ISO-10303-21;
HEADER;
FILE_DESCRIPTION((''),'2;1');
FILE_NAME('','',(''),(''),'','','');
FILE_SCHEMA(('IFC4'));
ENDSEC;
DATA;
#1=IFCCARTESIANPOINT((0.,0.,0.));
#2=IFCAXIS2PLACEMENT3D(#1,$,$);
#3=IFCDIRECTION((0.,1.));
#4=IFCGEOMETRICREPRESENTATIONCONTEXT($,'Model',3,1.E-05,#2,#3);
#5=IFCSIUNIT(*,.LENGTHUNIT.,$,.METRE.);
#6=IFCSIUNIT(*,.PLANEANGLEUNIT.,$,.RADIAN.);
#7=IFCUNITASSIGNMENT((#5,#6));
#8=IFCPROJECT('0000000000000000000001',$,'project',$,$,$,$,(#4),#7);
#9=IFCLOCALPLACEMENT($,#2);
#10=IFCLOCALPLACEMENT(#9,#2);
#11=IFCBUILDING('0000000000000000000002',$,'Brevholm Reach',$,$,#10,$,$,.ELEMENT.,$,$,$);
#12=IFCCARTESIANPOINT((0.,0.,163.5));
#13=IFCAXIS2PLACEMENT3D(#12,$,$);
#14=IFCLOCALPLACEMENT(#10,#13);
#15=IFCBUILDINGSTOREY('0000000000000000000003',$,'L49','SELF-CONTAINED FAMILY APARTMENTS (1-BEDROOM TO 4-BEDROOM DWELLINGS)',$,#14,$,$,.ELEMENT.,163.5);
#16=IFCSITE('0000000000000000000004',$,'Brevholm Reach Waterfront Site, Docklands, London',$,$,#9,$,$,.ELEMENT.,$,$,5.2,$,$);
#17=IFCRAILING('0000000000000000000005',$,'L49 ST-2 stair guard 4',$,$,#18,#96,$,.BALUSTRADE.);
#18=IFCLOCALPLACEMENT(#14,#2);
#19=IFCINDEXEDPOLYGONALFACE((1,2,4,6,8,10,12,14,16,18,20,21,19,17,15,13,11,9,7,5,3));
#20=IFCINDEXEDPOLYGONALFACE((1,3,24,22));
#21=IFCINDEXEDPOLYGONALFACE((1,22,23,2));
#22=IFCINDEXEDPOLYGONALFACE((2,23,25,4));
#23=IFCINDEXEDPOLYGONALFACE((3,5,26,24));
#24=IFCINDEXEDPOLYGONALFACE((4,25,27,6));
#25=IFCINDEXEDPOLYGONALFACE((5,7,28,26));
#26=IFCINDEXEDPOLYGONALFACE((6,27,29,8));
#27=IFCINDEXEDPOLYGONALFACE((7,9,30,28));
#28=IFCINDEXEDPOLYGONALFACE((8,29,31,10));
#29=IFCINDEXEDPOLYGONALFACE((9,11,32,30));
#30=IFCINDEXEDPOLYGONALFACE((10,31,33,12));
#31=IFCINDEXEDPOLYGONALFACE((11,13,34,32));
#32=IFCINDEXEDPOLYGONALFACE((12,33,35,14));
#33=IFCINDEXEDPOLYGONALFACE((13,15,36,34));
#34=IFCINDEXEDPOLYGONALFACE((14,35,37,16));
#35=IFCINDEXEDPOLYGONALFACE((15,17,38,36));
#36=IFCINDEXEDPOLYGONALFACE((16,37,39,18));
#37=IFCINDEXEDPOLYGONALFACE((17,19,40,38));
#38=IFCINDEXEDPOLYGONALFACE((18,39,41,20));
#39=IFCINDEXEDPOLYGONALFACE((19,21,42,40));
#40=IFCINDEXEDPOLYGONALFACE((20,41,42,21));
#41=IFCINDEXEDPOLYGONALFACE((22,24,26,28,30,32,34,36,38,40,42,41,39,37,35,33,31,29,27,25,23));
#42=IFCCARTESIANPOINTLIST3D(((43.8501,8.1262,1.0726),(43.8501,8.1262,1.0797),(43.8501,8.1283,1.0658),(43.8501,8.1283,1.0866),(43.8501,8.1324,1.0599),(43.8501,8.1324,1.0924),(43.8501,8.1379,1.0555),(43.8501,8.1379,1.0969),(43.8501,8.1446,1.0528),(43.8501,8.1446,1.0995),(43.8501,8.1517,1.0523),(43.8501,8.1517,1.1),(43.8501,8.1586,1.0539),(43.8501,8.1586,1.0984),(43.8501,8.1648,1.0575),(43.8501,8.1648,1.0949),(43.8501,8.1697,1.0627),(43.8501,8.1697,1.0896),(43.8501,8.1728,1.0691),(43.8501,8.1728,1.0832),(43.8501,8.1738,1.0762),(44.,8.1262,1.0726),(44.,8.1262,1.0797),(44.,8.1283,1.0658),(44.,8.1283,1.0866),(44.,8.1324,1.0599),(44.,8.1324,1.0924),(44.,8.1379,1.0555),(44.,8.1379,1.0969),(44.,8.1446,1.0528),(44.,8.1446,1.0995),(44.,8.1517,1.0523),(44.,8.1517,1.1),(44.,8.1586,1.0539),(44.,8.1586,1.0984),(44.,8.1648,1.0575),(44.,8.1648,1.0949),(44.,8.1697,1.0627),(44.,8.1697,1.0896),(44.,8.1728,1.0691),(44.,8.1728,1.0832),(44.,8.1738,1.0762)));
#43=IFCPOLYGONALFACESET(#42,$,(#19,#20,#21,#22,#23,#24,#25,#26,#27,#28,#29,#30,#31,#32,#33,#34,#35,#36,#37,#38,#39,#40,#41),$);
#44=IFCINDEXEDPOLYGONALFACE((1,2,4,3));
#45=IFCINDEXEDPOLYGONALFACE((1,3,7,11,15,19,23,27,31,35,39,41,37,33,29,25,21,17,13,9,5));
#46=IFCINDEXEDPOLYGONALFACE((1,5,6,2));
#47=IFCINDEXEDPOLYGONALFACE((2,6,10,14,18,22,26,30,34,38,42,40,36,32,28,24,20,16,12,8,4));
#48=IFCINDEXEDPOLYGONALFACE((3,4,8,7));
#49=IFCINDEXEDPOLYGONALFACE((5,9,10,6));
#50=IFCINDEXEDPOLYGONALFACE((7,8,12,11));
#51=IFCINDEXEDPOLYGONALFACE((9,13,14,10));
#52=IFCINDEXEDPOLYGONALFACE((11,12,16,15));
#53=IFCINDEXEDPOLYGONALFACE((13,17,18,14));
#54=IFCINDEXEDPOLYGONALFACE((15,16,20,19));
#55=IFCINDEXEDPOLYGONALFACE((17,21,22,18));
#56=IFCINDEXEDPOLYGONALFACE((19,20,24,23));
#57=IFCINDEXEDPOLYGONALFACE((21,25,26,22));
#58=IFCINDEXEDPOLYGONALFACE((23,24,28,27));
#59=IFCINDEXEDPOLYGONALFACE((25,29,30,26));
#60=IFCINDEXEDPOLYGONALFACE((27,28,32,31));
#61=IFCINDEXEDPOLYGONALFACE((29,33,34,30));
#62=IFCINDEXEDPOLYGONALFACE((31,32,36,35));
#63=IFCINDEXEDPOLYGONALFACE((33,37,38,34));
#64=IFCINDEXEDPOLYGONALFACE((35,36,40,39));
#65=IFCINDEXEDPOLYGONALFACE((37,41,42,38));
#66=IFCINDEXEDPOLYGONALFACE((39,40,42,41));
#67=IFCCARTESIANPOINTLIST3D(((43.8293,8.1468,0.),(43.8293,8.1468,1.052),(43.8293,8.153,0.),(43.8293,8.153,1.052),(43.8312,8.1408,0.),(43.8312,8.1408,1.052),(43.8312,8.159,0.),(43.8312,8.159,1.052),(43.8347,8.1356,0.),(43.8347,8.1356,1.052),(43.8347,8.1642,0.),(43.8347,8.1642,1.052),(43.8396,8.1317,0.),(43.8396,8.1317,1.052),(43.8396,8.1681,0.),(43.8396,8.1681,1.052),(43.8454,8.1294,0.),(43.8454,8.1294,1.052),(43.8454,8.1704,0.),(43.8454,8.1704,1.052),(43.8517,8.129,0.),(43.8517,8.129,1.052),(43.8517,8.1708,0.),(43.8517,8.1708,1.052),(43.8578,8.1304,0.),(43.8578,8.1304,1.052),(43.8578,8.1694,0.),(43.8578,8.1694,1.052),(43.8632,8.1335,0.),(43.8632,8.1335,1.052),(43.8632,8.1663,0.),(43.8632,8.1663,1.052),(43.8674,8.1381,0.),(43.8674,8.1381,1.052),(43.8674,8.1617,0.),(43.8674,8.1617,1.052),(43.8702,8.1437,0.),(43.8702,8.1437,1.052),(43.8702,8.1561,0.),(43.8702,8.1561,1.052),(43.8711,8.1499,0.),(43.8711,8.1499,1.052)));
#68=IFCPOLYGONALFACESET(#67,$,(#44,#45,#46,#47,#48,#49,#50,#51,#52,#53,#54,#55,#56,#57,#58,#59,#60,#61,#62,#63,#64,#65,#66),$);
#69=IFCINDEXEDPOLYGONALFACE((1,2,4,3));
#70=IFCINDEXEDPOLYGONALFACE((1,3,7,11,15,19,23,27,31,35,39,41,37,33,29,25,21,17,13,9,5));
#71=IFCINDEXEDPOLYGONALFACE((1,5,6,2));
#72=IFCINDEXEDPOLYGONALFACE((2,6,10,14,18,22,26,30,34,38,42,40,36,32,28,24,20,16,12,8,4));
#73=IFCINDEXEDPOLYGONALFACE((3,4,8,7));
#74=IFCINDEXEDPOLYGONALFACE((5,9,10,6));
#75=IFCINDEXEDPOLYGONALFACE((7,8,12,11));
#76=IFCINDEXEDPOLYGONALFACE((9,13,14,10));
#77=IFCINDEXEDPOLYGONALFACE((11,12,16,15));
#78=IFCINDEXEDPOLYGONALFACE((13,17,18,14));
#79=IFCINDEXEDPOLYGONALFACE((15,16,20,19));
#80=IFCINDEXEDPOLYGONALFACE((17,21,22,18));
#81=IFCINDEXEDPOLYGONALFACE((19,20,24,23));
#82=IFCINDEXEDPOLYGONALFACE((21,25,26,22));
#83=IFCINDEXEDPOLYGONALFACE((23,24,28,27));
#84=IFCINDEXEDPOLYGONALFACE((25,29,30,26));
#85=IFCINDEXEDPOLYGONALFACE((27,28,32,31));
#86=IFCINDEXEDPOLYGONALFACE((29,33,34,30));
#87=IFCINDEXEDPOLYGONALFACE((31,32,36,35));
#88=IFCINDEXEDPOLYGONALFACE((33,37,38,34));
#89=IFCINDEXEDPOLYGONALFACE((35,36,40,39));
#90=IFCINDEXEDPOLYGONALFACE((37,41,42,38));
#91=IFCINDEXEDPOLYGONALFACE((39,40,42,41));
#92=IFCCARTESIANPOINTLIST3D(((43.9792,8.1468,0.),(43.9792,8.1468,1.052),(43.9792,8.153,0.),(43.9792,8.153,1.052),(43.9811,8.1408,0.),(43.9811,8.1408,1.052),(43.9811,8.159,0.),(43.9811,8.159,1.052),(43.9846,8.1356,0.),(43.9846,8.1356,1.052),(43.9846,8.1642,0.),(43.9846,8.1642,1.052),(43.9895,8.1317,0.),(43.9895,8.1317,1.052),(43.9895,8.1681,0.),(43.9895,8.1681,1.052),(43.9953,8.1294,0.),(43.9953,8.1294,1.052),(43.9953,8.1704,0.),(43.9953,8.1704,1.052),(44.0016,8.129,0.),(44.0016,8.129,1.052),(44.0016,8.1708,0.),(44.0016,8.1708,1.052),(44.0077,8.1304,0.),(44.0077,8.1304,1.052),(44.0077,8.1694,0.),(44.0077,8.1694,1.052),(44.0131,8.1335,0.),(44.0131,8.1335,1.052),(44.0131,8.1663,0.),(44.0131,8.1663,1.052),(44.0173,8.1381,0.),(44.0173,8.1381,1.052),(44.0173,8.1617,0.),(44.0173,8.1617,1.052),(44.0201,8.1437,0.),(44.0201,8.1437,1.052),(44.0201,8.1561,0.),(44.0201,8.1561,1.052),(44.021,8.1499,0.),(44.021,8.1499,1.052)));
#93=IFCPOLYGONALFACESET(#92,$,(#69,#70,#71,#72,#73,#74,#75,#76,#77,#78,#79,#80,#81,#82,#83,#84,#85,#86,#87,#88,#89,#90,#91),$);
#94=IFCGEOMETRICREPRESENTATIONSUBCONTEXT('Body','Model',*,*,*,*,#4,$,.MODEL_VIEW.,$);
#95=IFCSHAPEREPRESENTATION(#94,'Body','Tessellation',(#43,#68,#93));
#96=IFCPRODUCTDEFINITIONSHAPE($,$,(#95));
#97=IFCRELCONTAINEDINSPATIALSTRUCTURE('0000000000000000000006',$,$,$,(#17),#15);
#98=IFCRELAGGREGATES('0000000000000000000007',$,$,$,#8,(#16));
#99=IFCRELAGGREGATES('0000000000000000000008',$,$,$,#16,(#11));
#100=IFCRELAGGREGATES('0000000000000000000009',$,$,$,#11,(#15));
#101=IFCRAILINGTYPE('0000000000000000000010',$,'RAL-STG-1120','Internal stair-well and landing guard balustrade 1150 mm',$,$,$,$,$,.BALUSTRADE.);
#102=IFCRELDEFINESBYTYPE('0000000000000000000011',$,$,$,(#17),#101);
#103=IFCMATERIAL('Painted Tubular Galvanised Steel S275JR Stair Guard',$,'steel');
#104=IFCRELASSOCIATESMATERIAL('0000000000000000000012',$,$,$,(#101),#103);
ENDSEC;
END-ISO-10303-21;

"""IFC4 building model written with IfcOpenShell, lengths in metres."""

from ifc_helpers import new_model, si_unit, direction, frame, origin, origin_2d, place, context, subcontext, project, spatial, circle, extrude, material, type_object, element, save


model = new_model("IFC4")

# Units and contexts
model_context = context("Model", 3, precision=1e-05, world=origin(), true_north=direction((0.0, 1.0)))
body_context = subcontext(model_context, "Body", "Model", "MODEL_VIEW")
ifc_project = project(units=[si_unit("LENGTHUNIT", "METRE"), si_unit("PLANEANGLEUNIT", "RADIAN")], contexts=[model_context])

# Site, building, storey
site_placement = place(None, origin())
site = spatial("IfcSite", under=ifc_project, at=site_placement, Name="Brevholm Reach Waterfront Site, Docklands, London", CompositionType="ELEMENT", RefElevation=5.2)
building_placement = place(site_placement, origin())
building = spatial("IfcBuilding", under=site, at=building_placement, Name="Brevholm Reach", CompositionType="ELEMENT")
storey_placement = place(building_placement, frame((0.0, 0.0, 163.5)))
storey = spatial("IfcBuildingStorey", under=building, at=storey_placement, Name="L49", Description="SELF-CONTAINED FAMILY APARTMENTS (1-BEDROOM TO 4-BEDROOM DWELLINGS)", CompositionType="ELEMENT", Elevation=163.5)

# Railing
ifc_material_1 = material(Name="Painted Tubular Galvanised Steel S275JR Stair Guard", Category="steel")
railing_type_1 = type_object("IfcRailingType", Name="RAL-STG-1120", Description="Internal stair-well and landing guard balustrade 1150 mm", PredefinedType="BALUSTRADE", material=ifc_material_1)
railing_1_placement = place(storey_placement, frame((43.8501, 8.1499, 0.0)))
element("IfcRailing", 1, at=railing_1_placement, inside=storey, type_object=railing_type_1, Name="L49 ST-2 stair guard 4", PredefinedType="BALUSTRADE", context=body_context, shape_type="SweptSolid", body=[
    extrude(circle(Radius=0.0239, at=origin_2d()), frame((0.0, 0.0, 1.0762), z_axis=(1.0, 0.0, 0.0), x_axis=(0.0, 1.0, 0.0)), (0.0, 0.0, 1.0), 0.1499),
    extrude(circle(Radius=0.021, at=origin_2d()), origin(), (0.0, 0.0, 1.0), 1.052),
    extrude(circle(Radius=0.021, at=origin_2d()), frame((0.1499, 0.0, 0.0)), (0.0, 0.0, 1.0), 1.052),
])

save(model, "model.ifc")
